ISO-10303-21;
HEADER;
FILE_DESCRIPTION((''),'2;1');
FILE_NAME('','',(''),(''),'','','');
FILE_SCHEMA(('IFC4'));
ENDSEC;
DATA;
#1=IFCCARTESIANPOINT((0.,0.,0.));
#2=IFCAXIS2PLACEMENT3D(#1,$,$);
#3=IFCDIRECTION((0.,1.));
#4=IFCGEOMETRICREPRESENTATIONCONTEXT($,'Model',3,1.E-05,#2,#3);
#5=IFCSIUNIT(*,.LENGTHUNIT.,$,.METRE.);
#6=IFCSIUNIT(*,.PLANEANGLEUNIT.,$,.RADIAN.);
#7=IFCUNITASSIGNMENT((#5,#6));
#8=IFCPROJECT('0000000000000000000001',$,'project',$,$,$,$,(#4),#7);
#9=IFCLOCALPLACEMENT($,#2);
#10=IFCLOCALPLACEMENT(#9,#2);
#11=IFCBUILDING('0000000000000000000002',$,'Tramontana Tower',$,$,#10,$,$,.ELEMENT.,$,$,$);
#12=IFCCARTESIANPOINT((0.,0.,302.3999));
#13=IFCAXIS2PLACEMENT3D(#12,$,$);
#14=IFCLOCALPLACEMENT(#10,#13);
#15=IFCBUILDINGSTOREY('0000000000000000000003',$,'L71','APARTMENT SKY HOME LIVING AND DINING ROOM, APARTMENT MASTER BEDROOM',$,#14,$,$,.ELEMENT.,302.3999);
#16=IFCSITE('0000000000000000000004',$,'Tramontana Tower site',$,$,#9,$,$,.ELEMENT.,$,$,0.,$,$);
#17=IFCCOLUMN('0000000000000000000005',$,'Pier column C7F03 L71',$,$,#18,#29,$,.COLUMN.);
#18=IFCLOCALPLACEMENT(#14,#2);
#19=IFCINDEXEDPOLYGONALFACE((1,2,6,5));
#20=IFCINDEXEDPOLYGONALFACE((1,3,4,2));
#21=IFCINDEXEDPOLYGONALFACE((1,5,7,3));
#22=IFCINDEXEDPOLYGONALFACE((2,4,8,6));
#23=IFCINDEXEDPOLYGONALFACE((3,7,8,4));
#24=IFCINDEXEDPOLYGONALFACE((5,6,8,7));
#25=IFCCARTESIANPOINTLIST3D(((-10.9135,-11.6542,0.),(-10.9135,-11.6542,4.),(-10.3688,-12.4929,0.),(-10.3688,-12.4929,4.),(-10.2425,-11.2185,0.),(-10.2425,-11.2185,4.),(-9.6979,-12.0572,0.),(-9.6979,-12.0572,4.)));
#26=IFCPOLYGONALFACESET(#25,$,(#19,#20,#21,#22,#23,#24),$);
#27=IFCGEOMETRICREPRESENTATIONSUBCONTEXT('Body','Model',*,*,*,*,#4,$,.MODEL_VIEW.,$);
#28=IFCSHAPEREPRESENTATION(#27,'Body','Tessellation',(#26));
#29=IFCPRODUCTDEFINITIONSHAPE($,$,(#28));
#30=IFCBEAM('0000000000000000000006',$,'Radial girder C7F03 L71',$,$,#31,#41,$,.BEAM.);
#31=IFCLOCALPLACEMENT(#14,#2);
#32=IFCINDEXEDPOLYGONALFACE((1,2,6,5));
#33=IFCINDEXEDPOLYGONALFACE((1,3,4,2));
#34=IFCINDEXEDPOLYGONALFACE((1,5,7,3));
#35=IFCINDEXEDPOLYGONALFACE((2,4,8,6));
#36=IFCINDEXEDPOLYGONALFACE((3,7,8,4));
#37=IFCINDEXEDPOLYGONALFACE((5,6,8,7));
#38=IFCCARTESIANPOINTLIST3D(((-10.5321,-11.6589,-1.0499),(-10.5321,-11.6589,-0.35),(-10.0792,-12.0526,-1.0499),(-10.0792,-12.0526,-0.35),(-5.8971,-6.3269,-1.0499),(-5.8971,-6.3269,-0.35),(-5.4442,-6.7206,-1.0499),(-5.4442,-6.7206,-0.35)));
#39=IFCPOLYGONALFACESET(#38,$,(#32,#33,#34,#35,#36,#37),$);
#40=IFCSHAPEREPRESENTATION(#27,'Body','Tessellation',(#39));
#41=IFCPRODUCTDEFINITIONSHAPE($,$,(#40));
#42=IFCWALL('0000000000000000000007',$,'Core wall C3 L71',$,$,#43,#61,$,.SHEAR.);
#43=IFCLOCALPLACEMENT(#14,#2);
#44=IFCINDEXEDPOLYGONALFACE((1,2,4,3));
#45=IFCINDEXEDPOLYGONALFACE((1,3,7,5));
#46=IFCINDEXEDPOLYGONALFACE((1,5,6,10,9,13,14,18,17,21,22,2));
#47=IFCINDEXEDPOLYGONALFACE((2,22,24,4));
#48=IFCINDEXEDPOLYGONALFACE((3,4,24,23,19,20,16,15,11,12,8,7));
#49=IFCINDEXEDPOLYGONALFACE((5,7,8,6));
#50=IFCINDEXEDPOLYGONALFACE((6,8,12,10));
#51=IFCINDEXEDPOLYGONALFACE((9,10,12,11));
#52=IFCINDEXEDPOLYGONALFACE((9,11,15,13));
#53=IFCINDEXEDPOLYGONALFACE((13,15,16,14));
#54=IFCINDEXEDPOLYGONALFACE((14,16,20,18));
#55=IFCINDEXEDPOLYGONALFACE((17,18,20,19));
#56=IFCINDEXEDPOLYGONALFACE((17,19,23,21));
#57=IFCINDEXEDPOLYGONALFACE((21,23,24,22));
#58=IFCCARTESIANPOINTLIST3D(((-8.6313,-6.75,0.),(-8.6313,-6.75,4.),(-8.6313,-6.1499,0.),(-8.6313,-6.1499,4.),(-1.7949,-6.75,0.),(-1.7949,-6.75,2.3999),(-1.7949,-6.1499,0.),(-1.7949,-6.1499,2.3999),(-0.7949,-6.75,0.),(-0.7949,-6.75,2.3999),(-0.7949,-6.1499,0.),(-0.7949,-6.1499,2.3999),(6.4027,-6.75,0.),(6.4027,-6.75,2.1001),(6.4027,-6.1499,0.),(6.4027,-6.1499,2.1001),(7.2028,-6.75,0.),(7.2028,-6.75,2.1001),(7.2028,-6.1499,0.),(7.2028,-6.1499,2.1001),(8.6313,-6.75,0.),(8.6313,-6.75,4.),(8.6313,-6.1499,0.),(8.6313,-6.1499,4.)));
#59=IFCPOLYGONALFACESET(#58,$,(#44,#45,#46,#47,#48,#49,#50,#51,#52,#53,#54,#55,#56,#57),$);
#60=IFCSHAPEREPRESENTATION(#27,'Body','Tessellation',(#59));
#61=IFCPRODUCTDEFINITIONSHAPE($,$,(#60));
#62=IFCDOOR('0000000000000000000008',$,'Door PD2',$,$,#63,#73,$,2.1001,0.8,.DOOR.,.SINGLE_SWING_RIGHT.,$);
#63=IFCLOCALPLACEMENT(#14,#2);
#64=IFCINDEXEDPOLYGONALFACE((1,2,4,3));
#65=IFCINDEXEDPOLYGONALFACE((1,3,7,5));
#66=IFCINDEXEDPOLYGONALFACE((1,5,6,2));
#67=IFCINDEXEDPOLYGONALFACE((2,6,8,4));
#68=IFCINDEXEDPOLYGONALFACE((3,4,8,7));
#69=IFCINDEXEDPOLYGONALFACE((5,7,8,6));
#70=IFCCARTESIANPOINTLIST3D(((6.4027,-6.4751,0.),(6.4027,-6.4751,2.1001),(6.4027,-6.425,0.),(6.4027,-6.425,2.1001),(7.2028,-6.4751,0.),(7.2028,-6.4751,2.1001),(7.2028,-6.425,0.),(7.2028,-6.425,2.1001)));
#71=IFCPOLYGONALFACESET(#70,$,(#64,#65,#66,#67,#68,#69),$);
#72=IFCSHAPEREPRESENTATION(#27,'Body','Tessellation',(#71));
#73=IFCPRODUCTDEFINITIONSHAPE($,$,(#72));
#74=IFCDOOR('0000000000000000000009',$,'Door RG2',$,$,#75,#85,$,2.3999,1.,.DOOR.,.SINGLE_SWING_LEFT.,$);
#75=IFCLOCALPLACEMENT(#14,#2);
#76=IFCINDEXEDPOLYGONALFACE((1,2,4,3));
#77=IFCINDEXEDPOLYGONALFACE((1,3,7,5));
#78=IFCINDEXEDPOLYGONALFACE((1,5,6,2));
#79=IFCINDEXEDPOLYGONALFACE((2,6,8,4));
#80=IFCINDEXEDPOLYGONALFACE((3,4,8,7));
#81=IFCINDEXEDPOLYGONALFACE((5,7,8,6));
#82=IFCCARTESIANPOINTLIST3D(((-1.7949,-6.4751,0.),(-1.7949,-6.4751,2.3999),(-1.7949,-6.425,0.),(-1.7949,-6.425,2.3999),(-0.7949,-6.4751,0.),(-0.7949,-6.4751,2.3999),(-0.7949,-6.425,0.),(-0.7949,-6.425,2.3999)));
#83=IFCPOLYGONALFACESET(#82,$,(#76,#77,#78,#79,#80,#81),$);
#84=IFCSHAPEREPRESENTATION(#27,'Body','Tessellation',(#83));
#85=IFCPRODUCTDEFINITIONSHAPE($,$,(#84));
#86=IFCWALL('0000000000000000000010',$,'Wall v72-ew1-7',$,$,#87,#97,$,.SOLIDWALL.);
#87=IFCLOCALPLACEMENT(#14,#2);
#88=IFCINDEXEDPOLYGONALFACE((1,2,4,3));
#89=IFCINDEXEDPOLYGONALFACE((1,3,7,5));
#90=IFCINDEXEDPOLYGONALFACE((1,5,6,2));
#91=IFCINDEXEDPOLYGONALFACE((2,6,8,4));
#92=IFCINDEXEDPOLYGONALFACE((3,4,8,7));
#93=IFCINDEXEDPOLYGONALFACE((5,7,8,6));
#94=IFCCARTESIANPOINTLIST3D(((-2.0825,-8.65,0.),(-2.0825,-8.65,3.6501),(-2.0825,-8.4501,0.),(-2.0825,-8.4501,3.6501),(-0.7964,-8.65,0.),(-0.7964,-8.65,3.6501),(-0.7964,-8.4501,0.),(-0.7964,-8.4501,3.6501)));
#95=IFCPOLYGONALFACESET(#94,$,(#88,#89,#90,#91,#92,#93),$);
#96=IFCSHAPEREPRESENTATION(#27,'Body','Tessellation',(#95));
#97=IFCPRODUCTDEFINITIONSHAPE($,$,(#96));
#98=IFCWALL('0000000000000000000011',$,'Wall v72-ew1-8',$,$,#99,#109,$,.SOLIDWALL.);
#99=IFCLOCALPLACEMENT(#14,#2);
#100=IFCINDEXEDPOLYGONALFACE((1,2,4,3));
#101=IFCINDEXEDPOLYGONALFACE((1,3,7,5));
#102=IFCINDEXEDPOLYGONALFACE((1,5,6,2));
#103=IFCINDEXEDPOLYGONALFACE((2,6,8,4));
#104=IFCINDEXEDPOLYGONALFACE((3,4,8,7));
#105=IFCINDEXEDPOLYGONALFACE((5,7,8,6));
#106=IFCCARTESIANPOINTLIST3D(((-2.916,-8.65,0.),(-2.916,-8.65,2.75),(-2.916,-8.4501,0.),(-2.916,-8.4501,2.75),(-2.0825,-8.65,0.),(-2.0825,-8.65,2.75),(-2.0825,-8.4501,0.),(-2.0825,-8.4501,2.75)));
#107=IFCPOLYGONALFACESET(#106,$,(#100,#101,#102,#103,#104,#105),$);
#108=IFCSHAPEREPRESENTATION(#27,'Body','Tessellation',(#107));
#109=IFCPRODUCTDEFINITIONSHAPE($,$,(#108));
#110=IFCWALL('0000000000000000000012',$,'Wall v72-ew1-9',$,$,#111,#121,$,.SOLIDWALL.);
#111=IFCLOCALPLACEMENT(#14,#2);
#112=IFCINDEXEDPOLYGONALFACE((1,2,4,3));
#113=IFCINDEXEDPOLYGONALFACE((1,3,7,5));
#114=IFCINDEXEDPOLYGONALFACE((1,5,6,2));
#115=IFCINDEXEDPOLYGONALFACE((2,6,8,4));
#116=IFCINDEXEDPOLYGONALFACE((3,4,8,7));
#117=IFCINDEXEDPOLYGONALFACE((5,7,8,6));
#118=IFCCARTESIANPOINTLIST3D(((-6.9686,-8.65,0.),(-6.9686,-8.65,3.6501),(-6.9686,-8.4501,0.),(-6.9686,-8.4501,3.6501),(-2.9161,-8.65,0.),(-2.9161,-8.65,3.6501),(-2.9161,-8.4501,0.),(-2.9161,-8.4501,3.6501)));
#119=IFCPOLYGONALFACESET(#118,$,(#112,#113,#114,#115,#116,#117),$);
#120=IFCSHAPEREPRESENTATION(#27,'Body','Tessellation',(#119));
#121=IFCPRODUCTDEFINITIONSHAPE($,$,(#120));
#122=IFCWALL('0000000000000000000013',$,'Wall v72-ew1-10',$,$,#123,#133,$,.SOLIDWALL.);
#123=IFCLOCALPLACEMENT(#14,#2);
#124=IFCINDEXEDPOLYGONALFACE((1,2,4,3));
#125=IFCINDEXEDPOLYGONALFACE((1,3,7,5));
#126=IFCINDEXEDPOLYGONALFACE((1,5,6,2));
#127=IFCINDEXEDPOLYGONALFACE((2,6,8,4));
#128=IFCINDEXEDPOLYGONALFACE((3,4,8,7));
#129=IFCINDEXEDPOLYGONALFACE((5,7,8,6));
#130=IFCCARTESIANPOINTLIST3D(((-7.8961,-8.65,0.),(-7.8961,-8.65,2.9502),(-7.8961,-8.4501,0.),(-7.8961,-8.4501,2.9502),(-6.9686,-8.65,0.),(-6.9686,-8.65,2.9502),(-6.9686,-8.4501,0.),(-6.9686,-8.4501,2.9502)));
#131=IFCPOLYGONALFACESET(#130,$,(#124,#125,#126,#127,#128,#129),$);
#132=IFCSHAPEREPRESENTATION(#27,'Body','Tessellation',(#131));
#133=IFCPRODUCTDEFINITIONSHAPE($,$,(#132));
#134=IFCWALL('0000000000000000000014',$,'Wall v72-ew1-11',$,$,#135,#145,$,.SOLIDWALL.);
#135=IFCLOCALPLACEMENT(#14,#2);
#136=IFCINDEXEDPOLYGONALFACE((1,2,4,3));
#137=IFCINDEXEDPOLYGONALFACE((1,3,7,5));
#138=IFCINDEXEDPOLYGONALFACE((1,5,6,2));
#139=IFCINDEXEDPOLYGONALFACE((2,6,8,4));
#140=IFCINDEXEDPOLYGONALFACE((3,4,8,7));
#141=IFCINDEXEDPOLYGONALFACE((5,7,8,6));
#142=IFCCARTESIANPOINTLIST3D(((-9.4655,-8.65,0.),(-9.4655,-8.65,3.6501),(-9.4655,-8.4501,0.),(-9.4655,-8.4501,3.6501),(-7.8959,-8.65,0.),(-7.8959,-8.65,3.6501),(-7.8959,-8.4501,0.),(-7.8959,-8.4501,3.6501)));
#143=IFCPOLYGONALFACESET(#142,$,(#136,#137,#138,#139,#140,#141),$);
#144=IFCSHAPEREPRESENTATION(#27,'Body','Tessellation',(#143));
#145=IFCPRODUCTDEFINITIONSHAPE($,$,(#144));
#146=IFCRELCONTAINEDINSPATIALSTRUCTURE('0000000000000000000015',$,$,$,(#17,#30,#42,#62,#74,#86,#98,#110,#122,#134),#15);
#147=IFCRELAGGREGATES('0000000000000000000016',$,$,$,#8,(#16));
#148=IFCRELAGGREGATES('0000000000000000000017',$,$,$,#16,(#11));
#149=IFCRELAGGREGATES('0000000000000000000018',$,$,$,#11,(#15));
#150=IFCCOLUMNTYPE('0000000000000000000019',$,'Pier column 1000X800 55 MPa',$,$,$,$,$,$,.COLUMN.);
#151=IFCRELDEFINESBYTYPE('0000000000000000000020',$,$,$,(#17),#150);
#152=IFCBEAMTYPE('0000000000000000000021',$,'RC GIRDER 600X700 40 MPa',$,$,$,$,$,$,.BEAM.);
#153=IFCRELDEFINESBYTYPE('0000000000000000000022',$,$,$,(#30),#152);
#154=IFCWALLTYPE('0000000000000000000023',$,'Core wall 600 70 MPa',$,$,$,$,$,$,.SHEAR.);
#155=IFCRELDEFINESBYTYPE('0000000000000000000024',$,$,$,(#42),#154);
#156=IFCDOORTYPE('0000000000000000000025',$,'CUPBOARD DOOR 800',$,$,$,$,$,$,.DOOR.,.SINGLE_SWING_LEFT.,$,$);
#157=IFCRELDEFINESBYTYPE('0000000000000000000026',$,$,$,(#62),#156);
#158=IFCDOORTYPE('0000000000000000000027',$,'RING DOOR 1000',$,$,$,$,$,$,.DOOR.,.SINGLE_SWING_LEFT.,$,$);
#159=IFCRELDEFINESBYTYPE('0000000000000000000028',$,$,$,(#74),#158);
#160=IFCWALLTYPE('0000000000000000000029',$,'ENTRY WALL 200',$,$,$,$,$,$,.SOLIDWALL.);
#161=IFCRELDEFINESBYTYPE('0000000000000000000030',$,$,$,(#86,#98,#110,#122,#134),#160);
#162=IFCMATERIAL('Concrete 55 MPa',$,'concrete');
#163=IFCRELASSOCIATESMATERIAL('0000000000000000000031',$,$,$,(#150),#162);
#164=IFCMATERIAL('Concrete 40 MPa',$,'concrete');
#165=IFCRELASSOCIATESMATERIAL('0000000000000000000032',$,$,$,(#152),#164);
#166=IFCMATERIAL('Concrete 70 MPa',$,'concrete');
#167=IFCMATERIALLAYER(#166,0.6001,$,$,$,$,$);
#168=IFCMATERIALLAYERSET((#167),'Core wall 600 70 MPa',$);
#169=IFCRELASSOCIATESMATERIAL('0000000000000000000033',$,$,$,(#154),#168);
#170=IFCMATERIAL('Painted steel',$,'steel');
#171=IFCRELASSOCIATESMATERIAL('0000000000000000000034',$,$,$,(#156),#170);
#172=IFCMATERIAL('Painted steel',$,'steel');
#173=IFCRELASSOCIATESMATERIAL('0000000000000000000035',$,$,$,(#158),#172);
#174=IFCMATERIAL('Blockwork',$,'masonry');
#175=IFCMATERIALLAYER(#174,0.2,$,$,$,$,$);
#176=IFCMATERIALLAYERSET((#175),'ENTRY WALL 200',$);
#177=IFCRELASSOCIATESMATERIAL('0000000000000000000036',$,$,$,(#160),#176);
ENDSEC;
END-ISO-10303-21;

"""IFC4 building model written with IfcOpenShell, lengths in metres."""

from ifc_helpers import new_model, si_unit, direction, frame, frame_2d, origin, origin_2d, place, context, subcontext, project, spatial, rectangle, extrude, material, layer, layer_set, material_profile, profile_set, type_object, element, fill, save


model = new_model("IFC4")

# Units and contexts
model_context = context("Model", 3, precision=1e-05, world=origin(), true_north=direction((0.0, 1.0)))
body_context = subcontext(model_context, "Body", "Model", "MODEL_VIEW")
ifc_project = project(units=[si_unit("LENGTHUNIT", "METRE"), si_unit("PLANEANGLEUNIT", "RADIAN")], contexts=[model_context])

# Site, building, storey
site_placement = place(None, origin())
site = spatial("IfcSite", under=ifc_project, at=site_placement, Name="Tramontana Tower site", CompositionType="ELEMENT", RefElevation=0.0)
building_placement = place(site_placement, origin())
building = spatial("IfcBuilding", under=site, at=building_placement, Name="Tramontana Tower", CompositionType="ELEMENT")
storey_placement = place(building_placement, frame((0.0, 0.0, 302.3999)))
storey = spatial("IfcBuildingStorey", under=building, at=storey_placement, Name="L71", Description="APARTMENT SKY HOME LIVING AND DINING ROOM, APARTMENT MASTER BEDROOM", CompositionType="ELEMENT", Elevation=302.3999)

# Column
ifc_material_1 = material(Name="Concrete 55 MPa", Category="concrete")
ifc_material_profile_1 = material_profile(ifc_material_1, rectangle(XDim=1.0, YDim=0.8, at=origin_2d()), Name="Pier column 1000X800 55 MPa")
ifc_profile_set_1 = profile_set([ifc_material_profile_1], Name="Concrete 55 MPa")
column_type = type_object("IfcColumnType", Name="Pier column 1000X800 55 MPa", PredefinedType="COLUMN", material=ifc_profile_set_1)
column_placement = place(storey_placement, frame((-10.3057, -11.8557, 0.0), z_axis=(0.0, 0.0, 1.0), x_axis=(0.544639, -0.838671, 0.0)))
element("IfcColumn", 1, at=column_placement, inside=storey, type_object=column_type, Name="Pier column C7F03 L71", PredefinedType="COLUMN", context=body_context, shape_type="SweptSolid", body=[
    extrude(rectangle(XDim=1.0, YDim=0.8, at=origin_2d()), origin(), (0.0, 0.0, 1.0), 4.0),
])

# Beam
ifc_material_2 = material(Name="Concrete 40 MPa", Category="concrete")
ifc_material_profile_2 = material_profile(ifc_material_2, rectangle(XDim=0.6001, YDim=0.7, at=origin_2d()), Name="RC GIRDER 600X700 40 MPa")
ifc_profile_set_2 = profile_set([ifc_material_profile_2], Name="Concrete 40 MPa")
beam_type = type_object("IfcBeamType", Name="RC GIRDER 600X700 40 MPa", PredefinedType="BEAM", material=ifc_profile_set_2)
beam_placement = place(storey_placement, frame((-10.3057, -11.8557, -0.7), z_axis=(0.656055, 0.754713, 0.0), x_axis=(-0.754713, 0.656055, 0.0)))
element("IfcBeam", 2, at=beam_placement, inside=storey, type_object=beam_type, Name="Radial girder C7F03 L71", PredefinedType="BEAM", context=body_context, shape_type="SweptSolid", body=[
    extrude(rectangle(XDim=0.6001, YDim=0.7, at=origin_2d()), origin(), (0.0, 0.0, 1.0), 7.0649),
])

# Wall, openings, doors
ifc_material_3 = material(Name="Concrete 70 MPa", Category="concrete")
ifc_layer_1 = layer(ifc_material_3, 0.6001)
ifc_layer_set_1 = layer_set([ifc_layer_1], Name="Core wall 600 70 MPa")
wall_type_1 = type_object("IfcWallType", Name="Core wall 600 70 MPa", PredefinedType="SHEAR", material=ifc_layer_set_1)
wall_1_placement = place(storey_placement, frame((-8.6313, -6.45, 0.0), z_axis=(0.0, 0.0, 1.0), x_axis=(1.0, 0.0, 0.0)))
wall_1 = element("IfcWall", 3, at=wall_1_placement, inside=storey, type_object=wall_type_1, Name="Core wall C3 L71", PredefinedType="SHEAR", context=body_context, shape_type="SweptSolid", body=[
    extrude(rectangle(XDim=17.2627, YDim=0.6001, at=frame_2d((8.6313, 0.0))), origin(), (0.0, 0.0, 1.0), 4.0),
])
opening_1_placement = place(wall_1_placement, frame((6.8364, 0.0, 0.0)))
opening_1 = element("IfcOpeningElement", 4, at=opening_1_placement, cuts=wall_1, PredefinedType="OPENING", context=body_context, shape_type="SweptSolid", body=[
    extrude(rectangle(XDim=1.0, YDim=2.3999, at=frame_2d((0.5, 1.2))), frame((0.0, 0.3101, 0.0), z_axis=(0.0, -1.0, 0.0), x_axis=(1.0, 0.0, 0.0)), (0.0, 0.0, 1.0), 0.6201),
])
opening_2_placement = place(wall_1_placement, frame((15.0342, 0.0, 0.0)))
opening_2 = element("IfcOpeningElement", 5, at=opening_2_placement, cuts=wall_1, PredefinedType="OPENING", context=body_context, shape_type="SweptSolid", body=[
    extrude(rectangle(XDim=0.8, YDim=2.1001, at=frame_2d((0.3999, 1.05))), frame((0.0, 0.3101, 0.0), z_axis=(0.0, -1.0, 0.0), x_axis=(1.0, 0.0, 0.0)), (0.0, 0.0, 1.0), 0.6201),
])
ifc_material_4 = material(Name="Painted steel", Category="steel")
door_type_1 = type_object("IfcDoorType", Name="CUPBOARD DOOR 800", OperationType="SINGLE_SWING_LEFT", PredefinedType="DOOR", material=ifc_material_4)
door_1_placement = place(opening_2_placement, origin())
door_1 = element("IfcDoor", 6, at=door_1_placement, inside=storey, type_object=door_type_1, Name="Door PD2", OperationType="SINGLE_SWING_RIGHT", OverallHeight=2.1001, OverallWidth=0.8, PredefinedType="DOOR", context=body_context, shape_type="SweptSolid", body=[
    extrude(rectangle(XDim=0.8, YDim=2.1001, at=frame_2d((0.3999, 1.05))), frame((0.0, 0.0249, 0.0), z_axis=(0.0, -1.0, 0.0), x_axis=(1.0, 0.0, 0.0)), (0.0, 0.0, 1.0), 0.05),
])
fill(opening_2, door_1)
ifc_material_5 = material(Name="Painted steel", Category="steel")
door_type_2 = type_object("IfcDoorType", Name="RING DOOR 1000", OperationType="SINGLE_SWING_LEFT", PredefinedType="DOOR", material=ifc_material_5)
door_2_placement = place(opening_1_placement, origin())
door_2 = element("IfcDoor", 7, at=door_2_placement, inside=storey, type_object=door_type_2, Name="Door RG2", OperationType="SINGLE_SWING_LEFT", OverallHeight=2.3999, OverallWidth=1.0, PredefinedType="DOOR", context=body_context, shape_type="SweptSolid", body=[
    extrude(rectangle(XDim=1.0, YDim=2.3999, at=frame_2d((0.5, 1.2))), frame((0.0, 0.0249, 0.0), z_axis=(0.0, -1.0, 0.0), x_axis=(1.0, 0.0, 0.0)), (0.0, 0.0, 1.0), 0.05),
])
fill(opening_1, door_2)

# Walls
ifc_material_6 = material(Name="Blockwork", Category="masonry")
ifc_layer_2 = layer(ifc_material_6, 0.2)
ifc_layer_set_2 = layer_set([ifc_layer_2], Name="ENTRY WALL 200")
wall_type_2 = type_object("IfcWallType", Name="ENTRY WALL 200", PredefinedType="SOLIDWALL", material=ifc_layer_set_2)
wall_2_placement = place(storey_placement, frame((-0.7964, -8.55, 0.0), z_axis=(0.0, 0.0, 1.0), x_axis=(-1.0, 0.0, 0.0)))
element("IfcWall", 8, at=wall_2_placement, inside=storey, type_object=wall_type_2, Name="Wall v72-ew1-7", PredefinedType="SOLIDWALL", context=body_context, shape_type="SweptSolid", body=[
    extrude(rectangle(XDim=1.2861, YDim=0.2, at=frame_2d((0.6431, 0.0))), origin(), (0.0, 0.0, 1.0), 3.6501),
])
wall_3_placement = place(storey_placement, frame((-2.0825, -8.55, 0.0), z_axis=(0.0, 0.0, 1.0), x_axis=(-1.0, 0.0, 0.0)))
element("IfcWall", 9, at=wall_3_placement, inside=storey, type_object=wall_type_2, Name="Wall v72-ew1-8", PredefinedType="SOLIDWALL", context=body_context, shape_type="SweptSolid", body=[
    extrude(rectangle(XDim=0.8335, YDim=0.2, at=frame_2d((0.4167, 0.0))), origin(), (0.0, 0.0, 1.0), 2.75),
])
wall_4_placement = place(storey_placement, frame((-2.916, -8.55, 0.0), z_axis=(0.0, 0.0, 1.0), x_axis=(-1.0, 0.0, 0.0)))
element("IfcWall", 10, at=wall_4_placement, inside=storey, type_object=wall_type_2, Name="Wall v72-ew1-9", PredefinedType="SOLIDWALL", context=body_context, shape_type="SweptSolid", body=[
    extrude(rectangle(XDim=4.0525, YDim=0.2, at=frame_2d((2.0264, 0.0))), origin(), (0.0, 0.0, 1.0), 3.6501),
])
wall_5_placement = place(storey_placement, frame((-6.9685, -8.55, 0.0), z_axis=(0.0, 0.0, 1.0), x_axis=(-1.0, 0.0, 0.0)))
element("IfcWall", 11, at=wall_5_placement, inside=storey, type_object=wall_type_2, Name="Wall v72-ew1-10", PredefinedType="SOLIDWALL", context=body_context, shape_type="SweptSolid", body=[
    extrude(rectangle(XDim=0.9275, YDim=0.2, at=frame_2d((0.4639, 0.0))), origin(), (0.0, 0.0, 1.0), 2.9502),
])
wall_6_placement = place(storey_placement, frame((-7.896, -8.55, 0.0), z_axis=(0.0, 0.0, 1.0), x_axis=(-1.0, 0.0, 0.0)))
element("IfcWall", 12, at=wall_6_placement, inside=storey, type_object=wall_type_2, Name="Wall v72-ew1-11", PredefinedType="SOLIDWALL", context=body_context, shape_type="SweptSolid", body=[
    extrude(rectangle(XDim=1.5696, YDim=0.2, at=frame_2d((0.7847, 0.0))), origin(), (0.0, 0.0, 1.0), 3.6501),
])

save(model, "model.ifc")
